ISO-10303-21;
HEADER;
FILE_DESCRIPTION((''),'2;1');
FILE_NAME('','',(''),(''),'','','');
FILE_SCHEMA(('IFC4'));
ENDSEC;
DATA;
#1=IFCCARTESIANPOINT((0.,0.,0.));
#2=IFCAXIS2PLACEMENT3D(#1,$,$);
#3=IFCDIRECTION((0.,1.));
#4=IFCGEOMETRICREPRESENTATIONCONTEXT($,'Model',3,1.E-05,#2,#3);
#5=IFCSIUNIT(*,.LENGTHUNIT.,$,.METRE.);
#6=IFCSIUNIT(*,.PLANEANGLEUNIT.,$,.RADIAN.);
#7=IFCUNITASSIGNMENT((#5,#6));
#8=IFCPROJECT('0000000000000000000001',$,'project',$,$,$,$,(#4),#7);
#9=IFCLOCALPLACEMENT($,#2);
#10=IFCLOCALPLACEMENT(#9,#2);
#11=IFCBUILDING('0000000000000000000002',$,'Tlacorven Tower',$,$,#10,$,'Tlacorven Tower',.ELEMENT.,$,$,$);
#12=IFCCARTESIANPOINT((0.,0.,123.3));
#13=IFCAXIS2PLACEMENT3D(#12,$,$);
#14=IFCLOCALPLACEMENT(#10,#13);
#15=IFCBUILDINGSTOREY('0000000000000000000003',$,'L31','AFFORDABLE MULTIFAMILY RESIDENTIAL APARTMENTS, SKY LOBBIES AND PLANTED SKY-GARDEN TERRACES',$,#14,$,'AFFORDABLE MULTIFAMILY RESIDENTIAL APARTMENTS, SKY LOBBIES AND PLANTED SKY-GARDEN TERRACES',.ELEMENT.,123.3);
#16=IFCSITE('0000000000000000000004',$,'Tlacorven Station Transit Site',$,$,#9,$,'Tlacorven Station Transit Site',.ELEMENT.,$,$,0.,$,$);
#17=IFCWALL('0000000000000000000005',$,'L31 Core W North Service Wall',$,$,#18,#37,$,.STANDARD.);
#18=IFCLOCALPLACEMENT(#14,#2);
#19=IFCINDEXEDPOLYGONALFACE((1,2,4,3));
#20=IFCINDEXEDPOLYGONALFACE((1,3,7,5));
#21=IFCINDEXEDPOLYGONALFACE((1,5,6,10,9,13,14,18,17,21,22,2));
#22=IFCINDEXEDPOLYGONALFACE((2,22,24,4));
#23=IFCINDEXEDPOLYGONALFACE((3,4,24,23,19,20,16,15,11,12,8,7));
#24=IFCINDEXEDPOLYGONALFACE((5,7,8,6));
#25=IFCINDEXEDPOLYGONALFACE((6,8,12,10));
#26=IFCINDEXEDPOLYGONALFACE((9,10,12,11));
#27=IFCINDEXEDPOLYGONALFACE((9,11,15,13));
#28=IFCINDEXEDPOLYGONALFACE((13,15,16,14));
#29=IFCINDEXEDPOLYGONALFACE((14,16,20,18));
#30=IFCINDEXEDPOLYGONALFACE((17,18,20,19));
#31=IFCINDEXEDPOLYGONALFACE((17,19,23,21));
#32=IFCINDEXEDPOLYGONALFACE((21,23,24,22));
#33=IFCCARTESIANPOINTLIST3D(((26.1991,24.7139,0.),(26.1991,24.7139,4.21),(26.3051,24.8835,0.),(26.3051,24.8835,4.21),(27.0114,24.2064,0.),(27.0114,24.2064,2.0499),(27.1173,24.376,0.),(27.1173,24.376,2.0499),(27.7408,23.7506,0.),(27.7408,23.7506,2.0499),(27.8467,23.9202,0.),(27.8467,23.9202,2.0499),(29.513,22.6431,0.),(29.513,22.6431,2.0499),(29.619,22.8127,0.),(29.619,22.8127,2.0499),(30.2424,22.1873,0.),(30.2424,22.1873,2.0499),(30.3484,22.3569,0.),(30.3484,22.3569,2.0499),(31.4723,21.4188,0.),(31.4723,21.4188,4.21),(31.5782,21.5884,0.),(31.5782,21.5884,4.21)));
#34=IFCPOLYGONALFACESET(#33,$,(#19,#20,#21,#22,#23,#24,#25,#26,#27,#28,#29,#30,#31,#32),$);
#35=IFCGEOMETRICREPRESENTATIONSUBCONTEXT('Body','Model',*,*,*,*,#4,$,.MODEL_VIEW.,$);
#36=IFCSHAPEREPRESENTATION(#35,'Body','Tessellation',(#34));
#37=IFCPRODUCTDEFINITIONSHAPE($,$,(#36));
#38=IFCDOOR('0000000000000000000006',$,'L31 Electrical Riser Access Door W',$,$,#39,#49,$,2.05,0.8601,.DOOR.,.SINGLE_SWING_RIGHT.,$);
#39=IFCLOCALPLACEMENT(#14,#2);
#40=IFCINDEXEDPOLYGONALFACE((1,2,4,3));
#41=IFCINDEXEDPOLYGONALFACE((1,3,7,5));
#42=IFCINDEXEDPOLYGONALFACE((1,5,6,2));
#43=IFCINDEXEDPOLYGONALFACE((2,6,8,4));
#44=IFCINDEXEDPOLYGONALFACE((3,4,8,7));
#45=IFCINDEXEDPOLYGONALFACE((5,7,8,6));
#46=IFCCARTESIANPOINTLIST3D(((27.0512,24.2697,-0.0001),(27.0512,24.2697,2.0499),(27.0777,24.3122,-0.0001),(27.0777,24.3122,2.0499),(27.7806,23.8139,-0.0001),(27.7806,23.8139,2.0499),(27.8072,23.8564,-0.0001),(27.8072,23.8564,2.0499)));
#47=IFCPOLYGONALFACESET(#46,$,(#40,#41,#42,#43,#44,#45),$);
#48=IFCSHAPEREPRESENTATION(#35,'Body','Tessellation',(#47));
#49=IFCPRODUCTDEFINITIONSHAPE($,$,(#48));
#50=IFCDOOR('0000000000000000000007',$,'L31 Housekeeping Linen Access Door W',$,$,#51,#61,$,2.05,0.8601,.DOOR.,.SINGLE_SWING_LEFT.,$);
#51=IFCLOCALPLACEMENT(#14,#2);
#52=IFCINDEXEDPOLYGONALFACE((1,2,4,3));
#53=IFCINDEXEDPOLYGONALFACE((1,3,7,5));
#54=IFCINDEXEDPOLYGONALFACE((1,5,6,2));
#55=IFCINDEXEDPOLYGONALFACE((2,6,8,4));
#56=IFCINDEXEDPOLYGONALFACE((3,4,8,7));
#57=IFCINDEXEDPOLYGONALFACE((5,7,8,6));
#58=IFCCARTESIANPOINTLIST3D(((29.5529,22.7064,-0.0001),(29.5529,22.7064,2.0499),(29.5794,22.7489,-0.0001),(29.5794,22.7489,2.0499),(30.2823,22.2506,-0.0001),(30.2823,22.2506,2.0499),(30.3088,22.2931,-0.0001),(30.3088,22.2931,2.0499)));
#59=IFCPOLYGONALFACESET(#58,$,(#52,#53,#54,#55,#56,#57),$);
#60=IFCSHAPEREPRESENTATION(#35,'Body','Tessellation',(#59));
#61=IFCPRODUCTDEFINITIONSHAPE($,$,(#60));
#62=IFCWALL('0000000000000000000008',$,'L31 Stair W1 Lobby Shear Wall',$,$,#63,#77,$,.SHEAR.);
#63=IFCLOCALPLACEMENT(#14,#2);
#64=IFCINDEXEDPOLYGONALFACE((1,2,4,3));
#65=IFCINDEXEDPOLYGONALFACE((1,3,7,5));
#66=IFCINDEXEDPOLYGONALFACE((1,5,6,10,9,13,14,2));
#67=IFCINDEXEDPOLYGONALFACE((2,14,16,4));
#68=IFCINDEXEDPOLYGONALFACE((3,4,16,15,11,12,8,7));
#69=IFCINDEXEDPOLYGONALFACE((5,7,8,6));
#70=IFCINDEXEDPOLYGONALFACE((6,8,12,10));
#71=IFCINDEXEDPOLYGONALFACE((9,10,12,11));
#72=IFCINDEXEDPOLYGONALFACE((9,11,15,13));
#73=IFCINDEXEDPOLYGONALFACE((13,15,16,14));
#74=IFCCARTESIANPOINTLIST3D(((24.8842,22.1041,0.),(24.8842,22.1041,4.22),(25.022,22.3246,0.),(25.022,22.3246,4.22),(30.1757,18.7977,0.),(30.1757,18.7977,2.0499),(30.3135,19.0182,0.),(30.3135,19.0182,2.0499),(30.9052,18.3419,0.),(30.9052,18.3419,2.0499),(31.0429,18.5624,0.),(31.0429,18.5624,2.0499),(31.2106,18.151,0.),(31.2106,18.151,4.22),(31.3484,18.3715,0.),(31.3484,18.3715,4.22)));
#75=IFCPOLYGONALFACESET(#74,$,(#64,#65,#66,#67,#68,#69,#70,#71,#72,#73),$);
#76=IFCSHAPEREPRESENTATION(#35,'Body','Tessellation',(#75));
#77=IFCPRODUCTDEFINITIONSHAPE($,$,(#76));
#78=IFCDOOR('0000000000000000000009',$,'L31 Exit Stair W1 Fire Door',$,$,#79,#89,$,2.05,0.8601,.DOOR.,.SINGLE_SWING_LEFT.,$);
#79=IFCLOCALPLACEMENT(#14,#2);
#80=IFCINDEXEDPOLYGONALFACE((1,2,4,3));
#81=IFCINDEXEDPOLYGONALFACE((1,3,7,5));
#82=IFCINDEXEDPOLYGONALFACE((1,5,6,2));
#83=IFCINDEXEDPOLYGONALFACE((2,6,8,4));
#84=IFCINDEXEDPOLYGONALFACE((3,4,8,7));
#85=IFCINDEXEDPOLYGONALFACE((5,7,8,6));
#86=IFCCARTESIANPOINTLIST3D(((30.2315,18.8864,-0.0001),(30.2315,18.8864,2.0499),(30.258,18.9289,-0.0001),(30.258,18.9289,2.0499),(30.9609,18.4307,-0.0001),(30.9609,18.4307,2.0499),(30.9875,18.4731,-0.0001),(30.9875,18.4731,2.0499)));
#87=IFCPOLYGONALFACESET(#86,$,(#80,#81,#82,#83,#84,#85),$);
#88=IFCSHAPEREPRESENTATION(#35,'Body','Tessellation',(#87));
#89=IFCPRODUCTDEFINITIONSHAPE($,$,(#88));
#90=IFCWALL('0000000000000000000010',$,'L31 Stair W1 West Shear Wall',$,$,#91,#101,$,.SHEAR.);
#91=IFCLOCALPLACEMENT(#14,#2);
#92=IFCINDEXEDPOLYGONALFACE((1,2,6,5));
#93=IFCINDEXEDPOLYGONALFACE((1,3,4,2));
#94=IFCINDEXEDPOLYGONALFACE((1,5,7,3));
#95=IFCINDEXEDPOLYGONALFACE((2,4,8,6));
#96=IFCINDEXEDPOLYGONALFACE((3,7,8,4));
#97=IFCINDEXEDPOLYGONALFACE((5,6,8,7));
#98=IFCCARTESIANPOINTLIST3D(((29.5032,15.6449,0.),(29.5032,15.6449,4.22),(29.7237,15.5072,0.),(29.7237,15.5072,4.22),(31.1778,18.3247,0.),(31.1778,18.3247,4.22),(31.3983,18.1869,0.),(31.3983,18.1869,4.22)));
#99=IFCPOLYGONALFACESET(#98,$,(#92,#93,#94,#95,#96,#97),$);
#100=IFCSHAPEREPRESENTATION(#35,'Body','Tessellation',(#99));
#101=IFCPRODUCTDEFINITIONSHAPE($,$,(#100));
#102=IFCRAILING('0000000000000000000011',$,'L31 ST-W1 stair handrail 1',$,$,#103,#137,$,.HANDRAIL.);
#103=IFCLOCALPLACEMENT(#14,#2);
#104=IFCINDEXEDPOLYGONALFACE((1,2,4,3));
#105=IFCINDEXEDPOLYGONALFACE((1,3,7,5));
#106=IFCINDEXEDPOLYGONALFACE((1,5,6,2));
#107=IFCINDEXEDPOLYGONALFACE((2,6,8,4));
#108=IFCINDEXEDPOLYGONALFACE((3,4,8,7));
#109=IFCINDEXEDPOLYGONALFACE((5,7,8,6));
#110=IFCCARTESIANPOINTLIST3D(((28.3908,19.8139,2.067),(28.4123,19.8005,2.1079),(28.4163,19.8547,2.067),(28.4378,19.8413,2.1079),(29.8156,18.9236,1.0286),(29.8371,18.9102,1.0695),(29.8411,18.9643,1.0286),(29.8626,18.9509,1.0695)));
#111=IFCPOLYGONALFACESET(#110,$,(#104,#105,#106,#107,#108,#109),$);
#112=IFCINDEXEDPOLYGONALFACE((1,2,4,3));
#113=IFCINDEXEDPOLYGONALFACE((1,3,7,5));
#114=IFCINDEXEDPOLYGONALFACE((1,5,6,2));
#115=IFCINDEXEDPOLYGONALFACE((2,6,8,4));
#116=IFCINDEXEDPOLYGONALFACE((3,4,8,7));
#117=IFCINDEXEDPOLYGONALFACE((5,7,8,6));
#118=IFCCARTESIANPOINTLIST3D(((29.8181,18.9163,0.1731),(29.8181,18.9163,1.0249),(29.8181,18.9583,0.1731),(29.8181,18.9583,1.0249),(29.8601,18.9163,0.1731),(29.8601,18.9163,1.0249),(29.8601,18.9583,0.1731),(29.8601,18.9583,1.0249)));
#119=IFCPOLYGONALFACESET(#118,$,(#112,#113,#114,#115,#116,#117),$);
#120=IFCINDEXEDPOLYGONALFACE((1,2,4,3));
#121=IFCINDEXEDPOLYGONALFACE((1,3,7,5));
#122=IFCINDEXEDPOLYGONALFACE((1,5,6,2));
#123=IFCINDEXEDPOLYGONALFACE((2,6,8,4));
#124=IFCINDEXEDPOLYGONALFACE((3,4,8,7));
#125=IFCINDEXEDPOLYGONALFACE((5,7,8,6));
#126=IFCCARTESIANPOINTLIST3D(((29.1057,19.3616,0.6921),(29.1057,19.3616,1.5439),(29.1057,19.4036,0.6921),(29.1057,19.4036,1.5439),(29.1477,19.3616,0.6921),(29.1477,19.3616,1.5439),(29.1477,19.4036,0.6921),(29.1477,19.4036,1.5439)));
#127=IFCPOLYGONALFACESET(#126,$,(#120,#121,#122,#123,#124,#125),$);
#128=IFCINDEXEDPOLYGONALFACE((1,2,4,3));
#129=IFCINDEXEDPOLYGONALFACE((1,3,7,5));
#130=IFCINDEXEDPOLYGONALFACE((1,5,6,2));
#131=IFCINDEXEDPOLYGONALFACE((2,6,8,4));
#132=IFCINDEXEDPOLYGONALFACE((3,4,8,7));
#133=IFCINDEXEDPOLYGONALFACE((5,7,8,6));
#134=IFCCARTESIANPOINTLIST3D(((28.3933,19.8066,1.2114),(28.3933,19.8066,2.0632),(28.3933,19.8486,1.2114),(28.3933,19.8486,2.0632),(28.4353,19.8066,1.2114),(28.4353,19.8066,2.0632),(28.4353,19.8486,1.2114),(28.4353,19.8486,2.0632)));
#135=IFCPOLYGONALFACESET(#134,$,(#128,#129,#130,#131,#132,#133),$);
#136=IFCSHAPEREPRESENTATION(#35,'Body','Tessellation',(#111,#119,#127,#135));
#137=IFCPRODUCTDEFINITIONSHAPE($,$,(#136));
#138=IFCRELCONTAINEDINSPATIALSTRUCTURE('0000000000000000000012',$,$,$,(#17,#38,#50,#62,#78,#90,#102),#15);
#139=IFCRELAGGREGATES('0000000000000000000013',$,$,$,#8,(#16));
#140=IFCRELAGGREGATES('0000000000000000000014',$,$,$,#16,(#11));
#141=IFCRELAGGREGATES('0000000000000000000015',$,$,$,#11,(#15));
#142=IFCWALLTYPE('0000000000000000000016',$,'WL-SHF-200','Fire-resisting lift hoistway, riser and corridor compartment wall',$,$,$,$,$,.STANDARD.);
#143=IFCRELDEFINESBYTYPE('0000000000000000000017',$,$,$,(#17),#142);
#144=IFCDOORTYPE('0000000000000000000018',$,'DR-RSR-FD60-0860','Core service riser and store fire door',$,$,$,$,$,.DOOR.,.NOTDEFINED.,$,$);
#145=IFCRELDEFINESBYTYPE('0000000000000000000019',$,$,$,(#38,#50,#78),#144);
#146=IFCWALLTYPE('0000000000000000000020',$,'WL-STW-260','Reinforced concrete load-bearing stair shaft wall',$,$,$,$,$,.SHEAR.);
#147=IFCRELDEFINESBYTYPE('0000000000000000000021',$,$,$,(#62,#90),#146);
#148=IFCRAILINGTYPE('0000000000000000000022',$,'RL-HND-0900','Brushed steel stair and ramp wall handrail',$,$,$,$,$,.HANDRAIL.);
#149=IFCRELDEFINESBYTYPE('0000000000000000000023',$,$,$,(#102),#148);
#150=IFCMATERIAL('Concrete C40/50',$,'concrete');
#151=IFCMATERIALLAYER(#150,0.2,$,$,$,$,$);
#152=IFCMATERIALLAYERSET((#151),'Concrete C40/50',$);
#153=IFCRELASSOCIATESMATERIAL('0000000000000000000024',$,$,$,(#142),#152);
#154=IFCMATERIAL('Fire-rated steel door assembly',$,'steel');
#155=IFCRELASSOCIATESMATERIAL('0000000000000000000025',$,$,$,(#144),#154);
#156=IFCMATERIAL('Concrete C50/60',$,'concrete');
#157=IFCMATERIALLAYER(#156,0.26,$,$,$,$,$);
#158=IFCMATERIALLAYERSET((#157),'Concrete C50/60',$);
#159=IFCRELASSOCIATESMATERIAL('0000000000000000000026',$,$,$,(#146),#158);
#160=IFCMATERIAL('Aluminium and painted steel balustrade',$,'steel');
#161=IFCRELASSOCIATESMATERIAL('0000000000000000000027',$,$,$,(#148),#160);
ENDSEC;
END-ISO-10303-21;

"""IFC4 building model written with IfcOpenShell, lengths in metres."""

from ifc_helpers import new_model, si_unit, direction, frame, frame_2d, origin, origin_2d, place, context, subcontext, project, spatial, rectangle, extrude, source, transform, mapped, material, layer, layer_set, type_object, element, fill, save


model = new_model("IFC4")

# Units and contexts
model_context = context("Model", 3, precision=1e-05, world=origin(), true_north=direction((0.0, 1.0)))
body_context = subcontext(model_context, "Body", "Model", "MODEL_VIEW")
ifc_project = project(units=[si_unit("LENGTHUNIT", "METRE"), si_unit("PLANEANGLEUNIT", "RADIAN")], contexts=[model_context])

# Site, building, storey
site_placement = place(None, origin())
site = spatial("IfcSite", under=ifc_project, at=site_placement, Name="Tlacorven Station Transit Site", LongName="Tlacorven Station Transit Site", CompositionType="ELEMENT", RefElevation=0.0)
building_placement = place(site_placement, origin())
building = spatial("IfcBuilding", under=site, at=building_placement, Name="Tlacorven Tower", LongName="Tlacorven Tower", CompositionType="ELEMENT")
storey_placement = place(building_placement, frame((0.0, 0.0, 123.3)))
storey = spatial("IfcBuildingStorey", under=building, at=storey_placement, Name="L31", Description="AFFORDABLE MULTIFAMILY RESIDENTIAL APARTMENTS, SKY LOBBIES AND PLANTED SKY-GARDEN TERRACES", LongName="AFFORDABLE MULTIFAMILY RESIDENTIAL APARTMENTS, SKY LOBBIES AND PLANTED SKY-GARDEN TERRACES", CompositionType="ELEMENT", Elevation=123.3)

# Shared definitions
ifc_material_1 = material(Name="Concrete C40/50", Category="concrete")
ifc_layer_1 = layer(ifc_material_1, 0.2)
ifc_layer_set_1 = layer_set([ifc_layer_1], Name="Concrete C40/50")
wall_type_1 = type_object("IfcWallType", Name="WL-SHF-200", Description="Fire-resisting lift hoistway, riser and corridor compartment wall", PredefinedType="STANDARD", material=ifc_layer_set_1)
ifc_material_2 = material(Name="Fire-rated steel door assembly", Category="steel")

# Wall, openings, doors
wall_1_placement = place(storey_placement, frame((31.5251, 21.5037, 0.0), z_axis=(0.0, 0.0, 1.0), x_axis=(-0.84804, 0.529932, 0.0)))
wall_1 = element("IfcWall", 1, at=wall_1_placement, inside=storey, type_object=wall_type_1, Name="L31 Core W North Service Wall", PredefinedType="STANDARD", context=body_context, shape_type="SweptSolid", body=[
    extrude(rectangle(XDim=6.218, YDim=0.2, at=frame_2d((3.1089, 0.0))), origin(), (0.0, 0.0, 1.0), 4.21),
])
opening_1_placement = place(wall_1_placement, frame((4.3999, 0.0, 0.0)))
opening_1 = element("IfcOpeningElement", 2, at=opening_1_placement, cuts=wall_1, PredefinedType="OPENING", context=body_context, shape_type="SweptSolid", body=[
    extrude(rectangle(XDim=0.8601, YDim=2.05, at=frame_2d((0.4302, 1.0249))), frame((0.0, 0.1099, 0.0), z_axis=(0.0, -1.0, 0.0), x_axis=(1.0, 0.0, 0.0)), (0.0, 0.0, 1.0), 0.22),
])
opening_2_placement = place(wall_1_placement, frame((1.45, 0.0, 0.0)))
opening_2 = element("IfcOpeningElement", 3, at=opening_2_placement, cuts=wall_1, PredefinedType="OPENING", context=body_context, shape_type="SweptSolid", body=[
    extrude(rectangle(XDim=0.8601, YDim=2.05, at=frame_2d((0.4302, 1.0249))), frame((0.0, 0.1099, 0.0), z_axis=(0.0, -1.0, 0.0), x_axis=(1.0, 0.0, 0.0)), (0.0, 0.0, 1.0), 0.22),
])
door_type_1 = type_object("IfcDoorType", Name="DR-RSR-FD60-0860", Description="Core service riser and store fire door", OperationType="NOTDEFINED", PredefinedType="DOOR", material=ifc_material_2)
shared_shape_1 = source(origin(), body_context, "Body", "SweptSolid", [
    extrude(rectangle(XDim=0.8601, YDim=2.05, at=frame_2d((0.4302, 1.0249))), frame((0.0, 0.0249, 0.0), z_axis=(0.0, -1.0, 0.0), x_axis=(1.0, 0.0, 0.0)), (0.0, 0.0, 1.0), 0.05),
])
door_1_placement = place(opening_1_placement, frame((0.8601, 0.0, 0.0), z_axis=(0.0, 0.0, 1.0), x_axis=(-1.0, 0.0, 0.0)))
door_1 = element("IfcDoor", 4, at=door_1_placement, inside=storey, type_object=door_type_1, Name="L31 Electrical Riser Access Door W", OperationType="SINGLE_SWING_RIGHT", OverallHeight=2.05, OverallWidth=0.8601, PredefinedType="DOOR", context=body_context, shape_type="MappedRepresentation", body=[
    mapped(shared_shape_1, transform((0.0, 0.0, 0.0), scale=1.0)),
])
fill(opening_1, door_1)
door_2_placement = place(opening_2_placement, frame((0.8601, 0.0, 0.0), z_axis=(0.0, 0.0, 1.0), x_axis=(-1.0, 0.0, 0.0)))
door_2 = element("IfcDoor", 5, at=door_2_placement, inside=storey, type_object=door_type_1, Name="L31 Housekeeping Linen Access Door W", OperationType="SINGLE_SWING_LEFT", OverallHeight=2.05, OverallWidth=0.8601, PredefinedType="DOOR", context=body_context, shape_type="MappedRepresentation", body=[
    mapped(shared_shape_1, transform((0.0, 0.0, 0.0), scale=1.0)),
])
fill(opening_2, door_2)

# Wall, opening, door
ifc_material_3 = material(Name="Concrete C50/60", Category="concrete")
ifc_layer_2 = layer(ifc_material_3, 0.26)
ifc_layer_set_2 = layer_set([ifc_layer_2], Name="Concrete C50/60")
wall_type_2 = type_object("IfcWallType", Name="WL-STW-260", Description="Reinforced concrete load-bearing stair shaft wall", PredefinedType="SHEAR", material=ifc_layer_set_2)
wall_2_placement = place(storey_placement, frame((31.2795, 18.2612, 0.0), z_axis=(0.0, 0.0, 1.0), x_axis=(-0.848052, 0.529914, 0.0)))
wall_2 = element("IfcWall", 6, at=wall_2_placement, inside=storey, type_object=wall_type_2, Name="L31 Stair W1 Lobby Shear Wall", PredefinedType="SHEAR", context=body_context, shape_type="SweptSolid", body=[
    extrude(rectangle(XDim=7.46, YDim=0.26, at=frame_2d((3.73, 0.0))), origin(), (0.0, 0.0, 1.0), 4.22),
])
opening_3_placement = place(wall_2_placement, frame((0.3601, 0.0, 0.0)))
opening_3 = element("IfcOpeningElement", 7, at=opening_3_placement, cuts=wall_2, PredefinedType="OPENING", context=body_context, shape_type="SweptSolid", body=[
    extrude(rectangle(XDim=0.8601, YDim=2.05, at=frame_2d((0.4302, 1.0249))), frame((0.0, 0.1401, 0.0), z_axis=(0.0, -1.0, 0.0), x_axis=(1.0, 0.0, 0.0)), (0.0, 0.0, 1.0), 0.28),
])
door_3_placement = place(opening_3_placement, frame((0.8601, 0.0, 0.0), z_axis=(0.0, 0.0, 1.0), x_axis=(-1.0, 0.0, 0.0)))
door_3 = element("IfcDoor", 8, at=door_3_placement, inside=storey, type_object=door_type_1, Name="L31 Exit Stair W1 Fire Door", OperationType="SINGLE_SWING_LEFT", OverallHeight=2.05, OverallWidth=0.8601, PredefinedType="DOOR", context=body_context, shape_type="MappedRepresentation", body=[
    mapped(shared_shape_1, transform((0.0, 0.0, 0.0), scale=1.0)),
])
fill(opening_3, door_3)

# Wall
wall_3_placement = place(storey_placement, frame((31.2881, 18.2559, 0.0), z_axis=(0.0, 0.0, 1.0), x_axis=(-0.529943, -0.848033, 0.0)))
element("IfcWall", 9, at=wall_3_placement, inside=storey, type_object=wall_type_2, Name="L31 Stair W1 West Shear Wall", PredefinedType="SHEAR", context=body_context, shape_type="SweptSolid", body=[
    extrude(rectangle(XDim=3.1599, YDim=0.26, at=frame_2d((1.5801, 0.0))), origin(), (0.0, 0.0, 1.0), 4.22),
])

# Railing
ifc_material_4 = material(Name="Aluminium and painted steel balustrade", Category="steel")
railing_type = type_object("IfcRailingType", Name="RL-HND-0900", Description="Brushed steel stair and ramp wall handrail", PredefinedType="HANDRAIL", material=ifc_material_4)
shared_shape_2 = source(origin(), body_context, "Body", "SweptSolid", [
    extrude(rectangle(XDim=0.0481, YDim=0.0481, at=origin_2d()), frame((0.0, 0.0, 0.876), z_axis=(-0.721388, 0.450805, 0.525713), x_axis=(-0.529947, -0.848031, 0.0)), (0.0, 0.0, 1.0), 1.9751),
    extrude(rectangle(XDim=0.042, YDim=0.042, at=origin_2d()), origin(), (0.0, 0.0, 1.0), 0.8518),
    extrude(rectangle(XDim=0.042, YDim=0.042, at=origin_2d()), frame((-0.7124, 0.4453, 0.519)), (0.0, 0.0, 1.0), 0.8518),
    extrude(rectangle(XDim=0.042, YDim=0.042, at=origin_2d()), frame((-1.4248, 0.8904, 1.0383)), (0.0, 0.0, 1.0), 0.8518),
])
railing_placement = place(storey_placement, frame((29.8391, 18.9373, 0.1731)))
element("IfcRailing", 10, at=railing_placement, inside=storey, type_object=railing_type, Name="L31 ST-W1 stair handrail 1", PredefinedType="HANDRAIL", context=body_context, shape_type="MappedRepresentation", body=[
    mapped(shared_shape_2, transform((0.0, 0.0, 0.0), scale=1.0)),
])

save(model, "model.ifc")
